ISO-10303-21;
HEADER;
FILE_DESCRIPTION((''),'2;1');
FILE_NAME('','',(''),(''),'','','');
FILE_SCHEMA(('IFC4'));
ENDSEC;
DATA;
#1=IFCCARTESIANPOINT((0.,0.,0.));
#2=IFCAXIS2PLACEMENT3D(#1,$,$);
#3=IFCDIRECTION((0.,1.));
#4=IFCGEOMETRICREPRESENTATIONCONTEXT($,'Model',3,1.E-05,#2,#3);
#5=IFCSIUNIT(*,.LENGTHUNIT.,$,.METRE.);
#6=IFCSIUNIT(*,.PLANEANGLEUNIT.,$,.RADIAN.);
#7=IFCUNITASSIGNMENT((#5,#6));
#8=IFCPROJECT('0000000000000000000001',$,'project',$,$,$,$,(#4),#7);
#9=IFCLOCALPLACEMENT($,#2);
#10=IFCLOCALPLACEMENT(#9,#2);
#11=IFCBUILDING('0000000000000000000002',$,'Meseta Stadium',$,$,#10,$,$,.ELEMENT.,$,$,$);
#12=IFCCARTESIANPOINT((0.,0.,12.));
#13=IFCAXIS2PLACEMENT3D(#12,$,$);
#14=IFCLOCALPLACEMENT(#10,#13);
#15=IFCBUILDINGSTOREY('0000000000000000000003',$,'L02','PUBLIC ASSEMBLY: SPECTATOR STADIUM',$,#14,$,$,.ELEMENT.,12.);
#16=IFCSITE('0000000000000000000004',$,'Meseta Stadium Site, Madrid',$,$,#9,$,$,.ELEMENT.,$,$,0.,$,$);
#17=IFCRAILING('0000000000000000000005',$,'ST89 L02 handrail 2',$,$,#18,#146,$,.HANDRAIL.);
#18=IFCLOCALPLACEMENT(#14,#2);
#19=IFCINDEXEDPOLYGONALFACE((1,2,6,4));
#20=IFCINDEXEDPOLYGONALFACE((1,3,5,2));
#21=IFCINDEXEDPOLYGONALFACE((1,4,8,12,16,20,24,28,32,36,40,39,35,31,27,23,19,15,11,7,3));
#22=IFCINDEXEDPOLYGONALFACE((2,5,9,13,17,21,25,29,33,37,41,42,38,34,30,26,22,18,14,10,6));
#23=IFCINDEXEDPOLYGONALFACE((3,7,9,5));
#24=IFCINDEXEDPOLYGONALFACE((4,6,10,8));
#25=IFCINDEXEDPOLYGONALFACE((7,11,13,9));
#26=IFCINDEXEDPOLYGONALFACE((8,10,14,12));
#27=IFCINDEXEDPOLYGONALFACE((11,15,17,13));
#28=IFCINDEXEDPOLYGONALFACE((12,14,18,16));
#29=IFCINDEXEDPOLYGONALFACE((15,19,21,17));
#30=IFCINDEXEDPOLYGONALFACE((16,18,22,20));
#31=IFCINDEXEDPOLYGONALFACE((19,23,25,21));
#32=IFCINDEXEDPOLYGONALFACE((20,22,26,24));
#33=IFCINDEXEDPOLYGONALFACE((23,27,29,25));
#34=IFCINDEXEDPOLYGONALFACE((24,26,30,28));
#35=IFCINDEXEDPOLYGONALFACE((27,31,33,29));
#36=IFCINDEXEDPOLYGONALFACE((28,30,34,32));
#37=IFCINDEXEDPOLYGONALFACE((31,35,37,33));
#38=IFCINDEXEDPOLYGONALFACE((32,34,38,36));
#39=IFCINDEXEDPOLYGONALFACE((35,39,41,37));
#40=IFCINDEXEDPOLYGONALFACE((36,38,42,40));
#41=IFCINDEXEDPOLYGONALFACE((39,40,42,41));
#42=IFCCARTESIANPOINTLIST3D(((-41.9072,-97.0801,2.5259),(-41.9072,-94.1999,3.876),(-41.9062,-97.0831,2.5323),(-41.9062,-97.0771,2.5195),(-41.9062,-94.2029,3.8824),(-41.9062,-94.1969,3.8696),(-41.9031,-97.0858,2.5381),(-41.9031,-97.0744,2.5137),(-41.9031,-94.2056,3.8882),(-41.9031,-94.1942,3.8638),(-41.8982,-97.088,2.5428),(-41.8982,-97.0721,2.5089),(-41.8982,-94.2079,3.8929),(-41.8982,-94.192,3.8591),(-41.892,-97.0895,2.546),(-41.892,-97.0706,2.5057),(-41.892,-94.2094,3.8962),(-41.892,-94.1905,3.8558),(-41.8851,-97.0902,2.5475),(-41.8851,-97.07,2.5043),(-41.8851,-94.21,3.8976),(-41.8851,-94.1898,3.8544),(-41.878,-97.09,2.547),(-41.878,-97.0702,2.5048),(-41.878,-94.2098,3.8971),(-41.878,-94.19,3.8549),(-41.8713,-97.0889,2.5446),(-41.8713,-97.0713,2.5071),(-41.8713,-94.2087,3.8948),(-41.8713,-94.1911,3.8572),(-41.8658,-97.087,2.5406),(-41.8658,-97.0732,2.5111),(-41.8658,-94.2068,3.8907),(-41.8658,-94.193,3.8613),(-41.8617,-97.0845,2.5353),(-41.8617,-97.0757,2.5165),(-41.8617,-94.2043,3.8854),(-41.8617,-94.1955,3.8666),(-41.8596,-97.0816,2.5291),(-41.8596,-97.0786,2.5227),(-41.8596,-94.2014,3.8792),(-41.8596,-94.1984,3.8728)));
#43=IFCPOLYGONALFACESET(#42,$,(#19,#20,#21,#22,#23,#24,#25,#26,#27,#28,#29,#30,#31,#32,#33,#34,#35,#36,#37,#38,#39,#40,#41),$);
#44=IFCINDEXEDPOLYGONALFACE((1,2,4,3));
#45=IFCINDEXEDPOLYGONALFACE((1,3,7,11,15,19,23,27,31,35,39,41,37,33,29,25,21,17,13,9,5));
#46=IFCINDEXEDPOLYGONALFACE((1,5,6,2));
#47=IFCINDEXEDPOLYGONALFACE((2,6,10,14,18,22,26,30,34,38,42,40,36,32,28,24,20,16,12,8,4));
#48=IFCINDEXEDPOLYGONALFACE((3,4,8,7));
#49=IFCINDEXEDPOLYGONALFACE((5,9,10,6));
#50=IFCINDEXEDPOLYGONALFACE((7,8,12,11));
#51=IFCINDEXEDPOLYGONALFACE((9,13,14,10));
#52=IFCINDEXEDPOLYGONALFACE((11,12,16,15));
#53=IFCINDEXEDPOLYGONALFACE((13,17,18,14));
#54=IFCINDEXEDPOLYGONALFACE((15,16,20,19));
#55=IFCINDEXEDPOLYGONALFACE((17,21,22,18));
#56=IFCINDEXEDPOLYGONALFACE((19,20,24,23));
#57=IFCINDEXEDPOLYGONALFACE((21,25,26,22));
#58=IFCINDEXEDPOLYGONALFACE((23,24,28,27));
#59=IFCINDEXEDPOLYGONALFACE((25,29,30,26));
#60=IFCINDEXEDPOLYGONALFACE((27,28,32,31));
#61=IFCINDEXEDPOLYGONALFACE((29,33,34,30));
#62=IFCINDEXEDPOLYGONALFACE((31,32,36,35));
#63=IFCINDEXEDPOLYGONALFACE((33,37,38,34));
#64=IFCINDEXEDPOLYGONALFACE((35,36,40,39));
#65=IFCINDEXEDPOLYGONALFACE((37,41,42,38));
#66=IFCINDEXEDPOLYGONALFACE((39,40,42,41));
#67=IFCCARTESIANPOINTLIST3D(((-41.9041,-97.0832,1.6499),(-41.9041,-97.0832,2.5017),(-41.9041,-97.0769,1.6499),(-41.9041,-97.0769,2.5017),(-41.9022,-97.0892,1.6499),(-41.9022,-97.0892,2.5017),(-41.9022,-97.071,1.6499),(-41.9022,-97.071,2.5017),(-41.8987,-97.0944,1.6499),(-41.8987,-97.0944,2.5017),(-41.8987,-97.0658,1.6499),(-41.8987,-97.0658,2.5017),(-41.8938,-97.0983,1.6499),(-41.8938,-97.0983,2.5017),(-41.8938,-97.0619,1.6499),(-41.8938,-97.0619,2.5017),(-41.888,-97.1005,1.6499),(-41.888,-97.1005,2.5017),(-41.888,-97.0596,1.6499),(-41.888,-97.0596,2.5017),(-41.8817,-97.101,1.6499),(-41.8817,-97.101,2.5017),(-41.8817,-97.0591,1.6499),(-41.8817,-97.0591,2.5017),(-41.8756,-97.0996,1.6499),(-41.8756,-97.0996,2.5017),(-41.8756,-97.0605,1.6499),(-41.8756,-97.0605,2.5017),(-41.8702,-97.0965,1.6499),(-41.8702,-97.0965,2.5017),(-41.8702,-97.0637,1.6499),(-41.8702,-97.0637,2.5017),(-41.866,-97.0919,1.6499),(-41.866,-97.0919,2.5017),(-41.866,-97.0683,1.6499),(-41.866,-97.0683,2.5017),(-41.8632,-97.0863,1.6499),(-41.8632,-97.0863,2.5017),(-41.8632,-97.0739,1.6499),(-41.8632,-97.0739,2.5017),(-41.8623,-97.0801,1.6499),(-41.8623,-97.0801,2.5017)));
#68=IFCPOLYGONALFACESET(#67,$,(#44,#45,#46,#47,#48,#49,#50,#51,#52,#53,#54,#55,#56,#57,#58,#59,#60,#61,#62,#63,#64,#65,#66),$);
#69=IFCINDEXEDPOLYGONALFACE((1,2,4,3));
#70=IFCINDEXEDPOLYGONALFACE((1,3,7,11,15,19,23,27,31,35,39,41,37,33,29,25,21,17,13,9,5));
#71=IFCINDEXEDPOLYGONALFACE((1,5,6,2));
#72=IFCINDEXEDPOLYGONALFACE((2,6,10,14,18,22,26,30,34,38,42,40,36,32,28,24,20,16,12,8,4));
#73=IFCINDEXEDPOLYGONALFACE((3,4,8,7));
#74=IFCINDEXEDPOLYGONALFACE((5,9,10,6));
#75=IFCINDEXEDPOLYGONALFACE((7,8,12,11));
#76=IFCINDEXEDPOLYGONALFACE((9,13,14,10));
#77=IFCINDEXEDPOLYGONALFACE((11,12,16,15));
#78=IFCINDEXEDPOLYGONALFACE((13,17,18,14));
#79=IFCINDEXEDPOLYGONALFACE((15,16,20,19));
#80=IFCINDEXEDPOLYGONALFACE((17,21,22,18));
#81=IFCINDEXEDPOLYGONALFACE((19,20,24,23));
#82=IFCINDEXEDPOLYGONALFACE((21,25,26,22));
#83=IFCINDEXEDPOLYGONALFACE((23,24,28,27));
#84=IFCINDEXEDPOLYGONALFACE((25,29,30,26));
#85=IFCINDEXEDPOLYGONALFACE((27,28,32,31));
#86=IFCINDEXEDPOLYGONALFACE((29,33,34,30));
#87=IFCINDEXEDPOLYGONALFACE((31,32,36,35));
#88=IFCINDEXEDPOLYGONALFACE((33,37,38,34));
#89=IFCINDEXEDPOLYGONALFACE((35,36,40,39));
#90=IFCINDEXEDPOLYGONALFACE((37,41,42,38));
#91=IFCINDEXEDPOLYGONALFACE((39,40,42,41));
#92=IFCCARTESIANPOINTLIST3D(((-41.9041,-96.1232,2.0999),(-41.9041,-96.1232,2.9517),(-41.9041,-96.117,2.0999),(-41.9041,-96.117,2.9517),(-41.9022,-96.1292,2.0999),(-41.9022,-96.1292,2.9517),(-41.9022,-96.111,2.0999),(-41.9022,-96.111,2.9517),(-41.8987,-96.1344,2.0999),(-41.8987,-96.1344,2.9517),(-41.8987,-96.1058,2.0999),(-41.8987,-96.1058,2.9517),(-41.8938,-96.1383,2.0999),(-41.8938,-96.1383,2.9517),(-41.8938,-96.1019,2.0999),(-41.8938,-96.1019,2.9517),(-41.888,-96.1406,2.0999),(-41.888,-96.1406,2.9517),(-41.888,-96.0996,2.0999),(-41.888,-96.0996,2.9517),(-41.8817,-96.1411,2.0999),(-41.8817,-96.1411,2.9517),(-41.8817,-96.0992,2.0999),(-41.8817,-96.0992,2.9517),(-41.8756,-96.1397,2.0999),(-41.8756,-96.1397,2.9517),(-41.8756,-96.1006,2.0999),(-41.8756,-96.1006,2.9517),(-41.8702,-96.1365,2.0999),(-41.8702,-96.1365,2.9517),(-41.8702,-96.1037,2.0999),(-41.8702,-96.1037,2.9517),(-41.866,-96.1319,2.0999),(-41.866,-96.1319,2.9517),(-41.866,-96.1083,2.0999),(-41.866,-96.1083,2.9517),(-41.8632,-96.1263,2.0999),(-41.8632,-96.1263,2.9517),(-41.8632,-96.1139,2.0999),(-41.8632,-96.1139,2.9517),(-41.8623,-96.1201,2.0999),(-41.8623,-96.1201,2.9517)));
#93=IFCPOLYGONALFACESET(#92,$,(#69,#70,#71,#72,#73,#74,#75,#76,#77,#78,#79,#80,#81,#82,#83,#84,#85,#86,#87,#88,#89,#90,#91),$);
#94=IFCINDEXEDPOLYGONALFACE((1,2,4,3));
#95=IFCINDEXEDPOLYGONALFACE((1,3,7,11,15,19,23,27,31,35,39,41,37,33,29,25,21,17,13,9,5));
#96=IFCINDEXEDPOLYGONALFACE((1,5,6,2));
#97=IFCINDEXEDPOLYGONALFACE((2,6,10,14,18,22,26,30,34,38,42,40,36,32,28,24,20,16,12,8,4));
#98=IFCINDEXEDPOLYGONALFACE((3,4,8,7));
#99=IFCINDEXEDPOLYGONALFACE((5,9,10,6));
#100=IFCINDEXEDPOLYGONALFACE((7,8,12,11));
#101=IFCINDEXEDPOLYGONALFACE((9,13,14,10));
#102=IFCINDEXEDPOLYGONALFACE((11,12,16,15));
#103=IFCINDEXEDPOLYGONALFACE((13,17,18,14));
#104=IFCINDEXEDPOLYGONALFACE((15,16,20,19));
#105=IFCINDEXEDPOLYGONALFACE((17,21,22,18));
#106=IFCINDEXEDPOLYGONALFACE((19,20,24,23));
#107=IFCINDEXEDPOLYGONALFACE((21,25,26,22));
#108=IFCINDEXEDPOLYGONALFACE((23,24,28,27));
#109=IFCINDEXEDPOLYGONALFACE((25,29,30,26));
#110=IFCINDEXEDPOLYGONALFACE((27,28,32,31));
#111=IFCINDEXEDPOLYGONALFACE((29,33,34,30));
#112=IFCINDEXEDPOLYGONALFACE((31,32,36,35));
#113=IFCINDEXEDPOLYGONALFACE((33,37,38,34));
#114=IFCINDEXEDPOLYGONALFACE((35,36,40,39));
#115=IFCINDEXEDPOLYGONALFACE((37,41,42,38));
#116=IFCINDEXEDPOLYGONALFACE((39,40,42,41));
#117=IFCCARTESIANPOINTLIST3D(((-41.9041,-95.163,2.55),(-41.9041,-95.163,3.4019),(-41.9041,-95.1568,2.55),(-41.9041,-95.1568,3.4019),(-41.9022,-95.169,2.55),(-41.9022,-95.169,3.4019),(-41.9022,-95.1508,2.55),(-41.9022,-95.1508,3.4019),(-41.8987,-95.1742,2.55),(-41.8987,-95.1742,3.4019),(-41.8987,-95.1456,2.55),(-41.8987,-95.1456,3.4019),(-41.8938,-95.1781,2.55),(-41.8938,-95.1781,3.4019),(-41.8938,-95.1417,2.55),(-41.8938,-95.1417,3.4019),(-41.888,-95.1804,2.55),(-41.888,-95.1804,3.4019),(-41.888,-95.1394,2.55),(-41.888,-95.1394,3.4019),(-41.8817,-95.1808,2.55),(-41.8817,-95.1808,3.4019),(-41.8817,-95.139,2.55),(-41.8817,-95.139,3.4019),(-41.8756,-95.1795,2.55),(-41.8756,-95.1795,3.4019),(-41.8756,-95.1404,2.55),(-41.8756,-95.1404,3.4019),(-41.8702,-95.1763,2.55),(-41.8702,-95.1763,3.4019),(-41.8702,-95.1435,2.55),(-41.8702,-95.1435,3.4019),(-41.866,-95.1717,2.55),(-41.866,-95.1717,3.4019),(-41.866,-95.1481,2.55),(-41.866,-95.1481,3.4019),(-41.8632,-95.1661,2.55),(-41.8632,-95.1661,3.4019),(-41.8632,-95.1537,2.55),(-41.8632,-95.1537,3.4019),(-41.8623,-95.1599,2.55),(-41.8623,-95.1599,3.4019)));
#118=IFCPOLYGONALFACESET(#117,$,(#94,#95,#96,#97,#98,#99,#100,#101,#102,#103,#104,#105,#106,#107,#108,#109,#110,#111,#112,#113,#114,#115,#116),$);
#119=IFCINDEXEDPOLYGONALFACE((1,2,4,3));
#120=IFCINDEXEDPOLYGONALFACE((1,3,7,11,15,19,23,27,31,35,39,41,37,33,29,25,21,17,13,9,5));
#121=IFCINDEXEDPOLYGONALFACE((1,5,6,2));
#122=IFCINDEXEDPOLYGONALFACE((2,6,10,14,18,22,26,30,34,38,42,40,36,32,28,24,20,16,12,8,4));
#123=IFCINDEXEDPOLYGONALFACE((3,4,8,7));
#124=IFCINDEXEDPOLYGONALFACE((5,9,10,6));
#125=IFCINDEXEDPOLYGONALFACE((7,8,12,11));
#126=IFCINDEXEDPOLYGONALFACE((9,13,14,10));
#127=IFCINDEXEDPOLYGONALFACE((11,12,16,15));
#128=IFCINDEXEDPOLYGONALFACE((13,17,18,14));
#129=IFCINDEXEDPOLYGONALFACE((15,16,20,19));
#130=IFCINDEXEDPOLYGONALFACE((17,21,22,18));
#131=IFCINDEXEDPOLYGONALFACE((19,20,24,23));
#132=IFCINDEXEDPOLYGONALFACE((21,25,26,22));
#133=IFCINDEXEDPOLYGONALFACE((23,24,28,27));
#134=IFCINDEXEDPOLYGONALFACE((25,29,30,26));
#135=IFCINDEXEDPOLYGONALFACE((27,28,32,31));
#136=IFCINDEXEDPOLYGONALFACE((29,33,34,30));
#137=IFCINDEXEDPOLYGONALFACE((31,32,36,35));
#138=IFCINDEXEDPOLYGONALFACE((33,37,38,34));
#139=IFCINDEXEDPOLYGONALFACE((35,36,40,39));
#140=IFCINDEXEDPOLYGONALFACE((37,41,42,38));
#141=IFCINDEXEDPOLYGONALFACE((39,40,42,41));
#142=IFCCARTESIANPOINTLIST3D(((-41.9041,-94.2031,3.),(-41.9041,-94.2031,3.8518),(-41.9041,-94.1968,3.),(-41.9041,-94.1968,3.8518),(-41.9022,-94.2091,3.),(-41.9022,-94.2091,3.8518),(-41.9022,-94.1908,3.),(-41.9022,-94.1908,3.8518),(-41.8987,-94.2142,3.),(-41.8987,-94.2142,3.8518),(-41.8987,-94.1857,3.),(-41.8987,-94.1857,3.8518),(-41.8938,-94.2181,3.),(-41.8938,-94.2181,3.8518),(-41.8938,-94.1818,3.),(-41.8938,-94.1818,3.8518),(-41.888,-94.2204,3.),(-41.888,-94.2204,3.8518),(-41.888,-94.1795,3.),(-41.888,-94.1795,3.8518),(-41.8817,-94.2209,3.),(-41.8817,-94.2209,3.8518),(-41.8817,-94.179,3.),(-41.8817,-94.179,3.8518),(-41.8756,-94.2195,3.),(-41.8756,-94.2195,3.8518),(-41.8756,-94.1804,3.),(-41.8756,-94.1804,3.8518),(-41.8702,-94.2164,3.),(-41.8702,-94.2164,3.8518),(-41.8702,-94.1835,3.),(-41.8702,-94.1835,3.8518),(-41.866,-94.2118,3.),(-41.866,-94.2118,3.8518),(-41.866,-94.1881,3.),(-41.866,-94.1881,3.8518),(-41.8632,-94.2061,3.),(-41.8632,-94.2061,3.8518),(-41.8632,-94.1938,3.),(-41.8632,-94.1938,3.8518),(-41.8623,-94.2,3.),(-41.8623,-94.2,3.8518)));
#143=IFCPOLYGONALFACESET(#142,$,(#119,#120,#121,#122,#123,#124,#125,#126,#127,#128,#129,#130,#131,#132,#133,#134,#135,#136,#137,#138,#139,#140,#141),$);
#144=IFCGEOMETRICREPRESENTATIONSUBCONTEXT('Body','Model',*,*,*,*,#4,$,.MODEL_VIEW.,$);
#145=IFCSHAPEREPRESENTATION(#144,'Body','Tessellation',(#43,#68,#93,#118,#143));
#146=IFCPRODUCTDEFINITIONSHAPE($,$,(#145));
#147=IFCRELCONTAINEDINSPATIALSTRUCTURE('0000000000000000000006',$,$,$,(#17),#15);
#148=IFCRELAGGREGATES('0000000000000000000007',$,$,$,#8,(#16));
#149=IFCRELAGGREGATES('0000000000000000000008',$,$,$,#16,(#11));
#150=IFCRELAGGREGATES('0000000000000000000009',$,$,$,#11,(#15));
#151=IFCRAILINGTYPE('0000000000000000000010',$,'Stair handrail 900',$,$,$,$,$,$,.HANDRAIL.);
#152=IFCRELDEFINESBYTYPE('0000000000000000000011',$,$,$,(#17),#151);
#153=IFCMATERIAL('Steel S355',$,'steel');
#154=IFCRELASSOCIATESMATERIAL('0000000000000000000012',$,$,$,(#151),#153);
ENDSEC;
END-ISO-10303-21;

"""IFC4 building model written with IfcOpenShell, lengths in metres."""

from ifc_helpers import new_model, si_unit, direction, frame, origin, origin_2d, place, context, subcontext, project, spatial, circle, extrude, material, type_object, element, save


model = new_model("IFC4")

# Units and contexts
model_context = context("Model", 3, precision=1e-05, world=origin(), true_north=direction((0.0, 1.0)))
body_context = subcontext(model_context, "Body", "Model", "MODEL_VIEW")
ifc_project = project(units=[si_unit("LENGTHUNIT", "METRE"), si_unit("PLANEANGLEUNIT", "RADIAN")], contexts=[model_context])

# Site, building, storey
site_placement = place(None, origin())
site = spatial("IfcSite", under=ifc_project, at=site_placement, Name="Meseta Stadium Site, Madrid", CompositionType="ELEMENT", RefElevation=0.0)
building_placement = place(site_placement, origin())
building = spatial("IfcBuilding", under=site, at=building_placement, Name="Meseta Stadium", CompositionType="ELEMENT")
storey_placement = place(building_placement, frame((0.0, 0.0, 12.0)))
storey = spatial("IfcBuildingStorey", under=building, at=storey_placement, Name="L02", Description="PUBLIC ASSEMBLY: SPECTATOR STADIUM", CompositionType="ELEMENT", Elevation=12.0)

# Railing
ifc_material_1 = material(Name="Steel S355", Category="steel")
railing_type_1 = type_object("IfcRailingType", Name="Stair handrail 900", PredefinedType="HANDRAIL", material=ifc_material_1)
for number, where, name in (
    (1, (-41.8833, -97.0801, 1.6499), "ST89 L02 handrail 2"),
):
    element("IfcRailing", number, at=place(storey_placement, frame(where)), inside=storey, type_object=railing_type_1, Name=name, PredefinedType="HANDRAIL", context=body_context, shape_type="SweptSolid", body=[
        extrude(circle(Radius=0.0239, at=origin_2d()), frame((0.0, 0.0, 0.876), z_axis=(0.0, 0.905454, 0.424444), x_axis=(-1.0, 0.0, 0.0)), (0.0, 0.0, 1.0), 3.1809),
        extrude(circle(Radius=0.021, at=origin_2d()), origin(), (0.0, 0.0, 1.0), 0.8518),
        extrude(circle(Radius=0.021, at=origin_2d()), frame((0.0, 0.96, 0.45)), (0.0, 0.0, 1.0), 0.8518),
        extrude(circle(Radius=0.021, at=origin_2d()), frame((0.0, 1.9202, 0.9001)), (0.0, 0.0, 1.0), 0.8518),
        extrude(circle(Radius=0.021, at=origin_2d()), frame((0.0, 2.8801, 1.3501)), (0.0, 0.0, 1.0), 0.8518),
    ])

save(model, "model.ifc")
